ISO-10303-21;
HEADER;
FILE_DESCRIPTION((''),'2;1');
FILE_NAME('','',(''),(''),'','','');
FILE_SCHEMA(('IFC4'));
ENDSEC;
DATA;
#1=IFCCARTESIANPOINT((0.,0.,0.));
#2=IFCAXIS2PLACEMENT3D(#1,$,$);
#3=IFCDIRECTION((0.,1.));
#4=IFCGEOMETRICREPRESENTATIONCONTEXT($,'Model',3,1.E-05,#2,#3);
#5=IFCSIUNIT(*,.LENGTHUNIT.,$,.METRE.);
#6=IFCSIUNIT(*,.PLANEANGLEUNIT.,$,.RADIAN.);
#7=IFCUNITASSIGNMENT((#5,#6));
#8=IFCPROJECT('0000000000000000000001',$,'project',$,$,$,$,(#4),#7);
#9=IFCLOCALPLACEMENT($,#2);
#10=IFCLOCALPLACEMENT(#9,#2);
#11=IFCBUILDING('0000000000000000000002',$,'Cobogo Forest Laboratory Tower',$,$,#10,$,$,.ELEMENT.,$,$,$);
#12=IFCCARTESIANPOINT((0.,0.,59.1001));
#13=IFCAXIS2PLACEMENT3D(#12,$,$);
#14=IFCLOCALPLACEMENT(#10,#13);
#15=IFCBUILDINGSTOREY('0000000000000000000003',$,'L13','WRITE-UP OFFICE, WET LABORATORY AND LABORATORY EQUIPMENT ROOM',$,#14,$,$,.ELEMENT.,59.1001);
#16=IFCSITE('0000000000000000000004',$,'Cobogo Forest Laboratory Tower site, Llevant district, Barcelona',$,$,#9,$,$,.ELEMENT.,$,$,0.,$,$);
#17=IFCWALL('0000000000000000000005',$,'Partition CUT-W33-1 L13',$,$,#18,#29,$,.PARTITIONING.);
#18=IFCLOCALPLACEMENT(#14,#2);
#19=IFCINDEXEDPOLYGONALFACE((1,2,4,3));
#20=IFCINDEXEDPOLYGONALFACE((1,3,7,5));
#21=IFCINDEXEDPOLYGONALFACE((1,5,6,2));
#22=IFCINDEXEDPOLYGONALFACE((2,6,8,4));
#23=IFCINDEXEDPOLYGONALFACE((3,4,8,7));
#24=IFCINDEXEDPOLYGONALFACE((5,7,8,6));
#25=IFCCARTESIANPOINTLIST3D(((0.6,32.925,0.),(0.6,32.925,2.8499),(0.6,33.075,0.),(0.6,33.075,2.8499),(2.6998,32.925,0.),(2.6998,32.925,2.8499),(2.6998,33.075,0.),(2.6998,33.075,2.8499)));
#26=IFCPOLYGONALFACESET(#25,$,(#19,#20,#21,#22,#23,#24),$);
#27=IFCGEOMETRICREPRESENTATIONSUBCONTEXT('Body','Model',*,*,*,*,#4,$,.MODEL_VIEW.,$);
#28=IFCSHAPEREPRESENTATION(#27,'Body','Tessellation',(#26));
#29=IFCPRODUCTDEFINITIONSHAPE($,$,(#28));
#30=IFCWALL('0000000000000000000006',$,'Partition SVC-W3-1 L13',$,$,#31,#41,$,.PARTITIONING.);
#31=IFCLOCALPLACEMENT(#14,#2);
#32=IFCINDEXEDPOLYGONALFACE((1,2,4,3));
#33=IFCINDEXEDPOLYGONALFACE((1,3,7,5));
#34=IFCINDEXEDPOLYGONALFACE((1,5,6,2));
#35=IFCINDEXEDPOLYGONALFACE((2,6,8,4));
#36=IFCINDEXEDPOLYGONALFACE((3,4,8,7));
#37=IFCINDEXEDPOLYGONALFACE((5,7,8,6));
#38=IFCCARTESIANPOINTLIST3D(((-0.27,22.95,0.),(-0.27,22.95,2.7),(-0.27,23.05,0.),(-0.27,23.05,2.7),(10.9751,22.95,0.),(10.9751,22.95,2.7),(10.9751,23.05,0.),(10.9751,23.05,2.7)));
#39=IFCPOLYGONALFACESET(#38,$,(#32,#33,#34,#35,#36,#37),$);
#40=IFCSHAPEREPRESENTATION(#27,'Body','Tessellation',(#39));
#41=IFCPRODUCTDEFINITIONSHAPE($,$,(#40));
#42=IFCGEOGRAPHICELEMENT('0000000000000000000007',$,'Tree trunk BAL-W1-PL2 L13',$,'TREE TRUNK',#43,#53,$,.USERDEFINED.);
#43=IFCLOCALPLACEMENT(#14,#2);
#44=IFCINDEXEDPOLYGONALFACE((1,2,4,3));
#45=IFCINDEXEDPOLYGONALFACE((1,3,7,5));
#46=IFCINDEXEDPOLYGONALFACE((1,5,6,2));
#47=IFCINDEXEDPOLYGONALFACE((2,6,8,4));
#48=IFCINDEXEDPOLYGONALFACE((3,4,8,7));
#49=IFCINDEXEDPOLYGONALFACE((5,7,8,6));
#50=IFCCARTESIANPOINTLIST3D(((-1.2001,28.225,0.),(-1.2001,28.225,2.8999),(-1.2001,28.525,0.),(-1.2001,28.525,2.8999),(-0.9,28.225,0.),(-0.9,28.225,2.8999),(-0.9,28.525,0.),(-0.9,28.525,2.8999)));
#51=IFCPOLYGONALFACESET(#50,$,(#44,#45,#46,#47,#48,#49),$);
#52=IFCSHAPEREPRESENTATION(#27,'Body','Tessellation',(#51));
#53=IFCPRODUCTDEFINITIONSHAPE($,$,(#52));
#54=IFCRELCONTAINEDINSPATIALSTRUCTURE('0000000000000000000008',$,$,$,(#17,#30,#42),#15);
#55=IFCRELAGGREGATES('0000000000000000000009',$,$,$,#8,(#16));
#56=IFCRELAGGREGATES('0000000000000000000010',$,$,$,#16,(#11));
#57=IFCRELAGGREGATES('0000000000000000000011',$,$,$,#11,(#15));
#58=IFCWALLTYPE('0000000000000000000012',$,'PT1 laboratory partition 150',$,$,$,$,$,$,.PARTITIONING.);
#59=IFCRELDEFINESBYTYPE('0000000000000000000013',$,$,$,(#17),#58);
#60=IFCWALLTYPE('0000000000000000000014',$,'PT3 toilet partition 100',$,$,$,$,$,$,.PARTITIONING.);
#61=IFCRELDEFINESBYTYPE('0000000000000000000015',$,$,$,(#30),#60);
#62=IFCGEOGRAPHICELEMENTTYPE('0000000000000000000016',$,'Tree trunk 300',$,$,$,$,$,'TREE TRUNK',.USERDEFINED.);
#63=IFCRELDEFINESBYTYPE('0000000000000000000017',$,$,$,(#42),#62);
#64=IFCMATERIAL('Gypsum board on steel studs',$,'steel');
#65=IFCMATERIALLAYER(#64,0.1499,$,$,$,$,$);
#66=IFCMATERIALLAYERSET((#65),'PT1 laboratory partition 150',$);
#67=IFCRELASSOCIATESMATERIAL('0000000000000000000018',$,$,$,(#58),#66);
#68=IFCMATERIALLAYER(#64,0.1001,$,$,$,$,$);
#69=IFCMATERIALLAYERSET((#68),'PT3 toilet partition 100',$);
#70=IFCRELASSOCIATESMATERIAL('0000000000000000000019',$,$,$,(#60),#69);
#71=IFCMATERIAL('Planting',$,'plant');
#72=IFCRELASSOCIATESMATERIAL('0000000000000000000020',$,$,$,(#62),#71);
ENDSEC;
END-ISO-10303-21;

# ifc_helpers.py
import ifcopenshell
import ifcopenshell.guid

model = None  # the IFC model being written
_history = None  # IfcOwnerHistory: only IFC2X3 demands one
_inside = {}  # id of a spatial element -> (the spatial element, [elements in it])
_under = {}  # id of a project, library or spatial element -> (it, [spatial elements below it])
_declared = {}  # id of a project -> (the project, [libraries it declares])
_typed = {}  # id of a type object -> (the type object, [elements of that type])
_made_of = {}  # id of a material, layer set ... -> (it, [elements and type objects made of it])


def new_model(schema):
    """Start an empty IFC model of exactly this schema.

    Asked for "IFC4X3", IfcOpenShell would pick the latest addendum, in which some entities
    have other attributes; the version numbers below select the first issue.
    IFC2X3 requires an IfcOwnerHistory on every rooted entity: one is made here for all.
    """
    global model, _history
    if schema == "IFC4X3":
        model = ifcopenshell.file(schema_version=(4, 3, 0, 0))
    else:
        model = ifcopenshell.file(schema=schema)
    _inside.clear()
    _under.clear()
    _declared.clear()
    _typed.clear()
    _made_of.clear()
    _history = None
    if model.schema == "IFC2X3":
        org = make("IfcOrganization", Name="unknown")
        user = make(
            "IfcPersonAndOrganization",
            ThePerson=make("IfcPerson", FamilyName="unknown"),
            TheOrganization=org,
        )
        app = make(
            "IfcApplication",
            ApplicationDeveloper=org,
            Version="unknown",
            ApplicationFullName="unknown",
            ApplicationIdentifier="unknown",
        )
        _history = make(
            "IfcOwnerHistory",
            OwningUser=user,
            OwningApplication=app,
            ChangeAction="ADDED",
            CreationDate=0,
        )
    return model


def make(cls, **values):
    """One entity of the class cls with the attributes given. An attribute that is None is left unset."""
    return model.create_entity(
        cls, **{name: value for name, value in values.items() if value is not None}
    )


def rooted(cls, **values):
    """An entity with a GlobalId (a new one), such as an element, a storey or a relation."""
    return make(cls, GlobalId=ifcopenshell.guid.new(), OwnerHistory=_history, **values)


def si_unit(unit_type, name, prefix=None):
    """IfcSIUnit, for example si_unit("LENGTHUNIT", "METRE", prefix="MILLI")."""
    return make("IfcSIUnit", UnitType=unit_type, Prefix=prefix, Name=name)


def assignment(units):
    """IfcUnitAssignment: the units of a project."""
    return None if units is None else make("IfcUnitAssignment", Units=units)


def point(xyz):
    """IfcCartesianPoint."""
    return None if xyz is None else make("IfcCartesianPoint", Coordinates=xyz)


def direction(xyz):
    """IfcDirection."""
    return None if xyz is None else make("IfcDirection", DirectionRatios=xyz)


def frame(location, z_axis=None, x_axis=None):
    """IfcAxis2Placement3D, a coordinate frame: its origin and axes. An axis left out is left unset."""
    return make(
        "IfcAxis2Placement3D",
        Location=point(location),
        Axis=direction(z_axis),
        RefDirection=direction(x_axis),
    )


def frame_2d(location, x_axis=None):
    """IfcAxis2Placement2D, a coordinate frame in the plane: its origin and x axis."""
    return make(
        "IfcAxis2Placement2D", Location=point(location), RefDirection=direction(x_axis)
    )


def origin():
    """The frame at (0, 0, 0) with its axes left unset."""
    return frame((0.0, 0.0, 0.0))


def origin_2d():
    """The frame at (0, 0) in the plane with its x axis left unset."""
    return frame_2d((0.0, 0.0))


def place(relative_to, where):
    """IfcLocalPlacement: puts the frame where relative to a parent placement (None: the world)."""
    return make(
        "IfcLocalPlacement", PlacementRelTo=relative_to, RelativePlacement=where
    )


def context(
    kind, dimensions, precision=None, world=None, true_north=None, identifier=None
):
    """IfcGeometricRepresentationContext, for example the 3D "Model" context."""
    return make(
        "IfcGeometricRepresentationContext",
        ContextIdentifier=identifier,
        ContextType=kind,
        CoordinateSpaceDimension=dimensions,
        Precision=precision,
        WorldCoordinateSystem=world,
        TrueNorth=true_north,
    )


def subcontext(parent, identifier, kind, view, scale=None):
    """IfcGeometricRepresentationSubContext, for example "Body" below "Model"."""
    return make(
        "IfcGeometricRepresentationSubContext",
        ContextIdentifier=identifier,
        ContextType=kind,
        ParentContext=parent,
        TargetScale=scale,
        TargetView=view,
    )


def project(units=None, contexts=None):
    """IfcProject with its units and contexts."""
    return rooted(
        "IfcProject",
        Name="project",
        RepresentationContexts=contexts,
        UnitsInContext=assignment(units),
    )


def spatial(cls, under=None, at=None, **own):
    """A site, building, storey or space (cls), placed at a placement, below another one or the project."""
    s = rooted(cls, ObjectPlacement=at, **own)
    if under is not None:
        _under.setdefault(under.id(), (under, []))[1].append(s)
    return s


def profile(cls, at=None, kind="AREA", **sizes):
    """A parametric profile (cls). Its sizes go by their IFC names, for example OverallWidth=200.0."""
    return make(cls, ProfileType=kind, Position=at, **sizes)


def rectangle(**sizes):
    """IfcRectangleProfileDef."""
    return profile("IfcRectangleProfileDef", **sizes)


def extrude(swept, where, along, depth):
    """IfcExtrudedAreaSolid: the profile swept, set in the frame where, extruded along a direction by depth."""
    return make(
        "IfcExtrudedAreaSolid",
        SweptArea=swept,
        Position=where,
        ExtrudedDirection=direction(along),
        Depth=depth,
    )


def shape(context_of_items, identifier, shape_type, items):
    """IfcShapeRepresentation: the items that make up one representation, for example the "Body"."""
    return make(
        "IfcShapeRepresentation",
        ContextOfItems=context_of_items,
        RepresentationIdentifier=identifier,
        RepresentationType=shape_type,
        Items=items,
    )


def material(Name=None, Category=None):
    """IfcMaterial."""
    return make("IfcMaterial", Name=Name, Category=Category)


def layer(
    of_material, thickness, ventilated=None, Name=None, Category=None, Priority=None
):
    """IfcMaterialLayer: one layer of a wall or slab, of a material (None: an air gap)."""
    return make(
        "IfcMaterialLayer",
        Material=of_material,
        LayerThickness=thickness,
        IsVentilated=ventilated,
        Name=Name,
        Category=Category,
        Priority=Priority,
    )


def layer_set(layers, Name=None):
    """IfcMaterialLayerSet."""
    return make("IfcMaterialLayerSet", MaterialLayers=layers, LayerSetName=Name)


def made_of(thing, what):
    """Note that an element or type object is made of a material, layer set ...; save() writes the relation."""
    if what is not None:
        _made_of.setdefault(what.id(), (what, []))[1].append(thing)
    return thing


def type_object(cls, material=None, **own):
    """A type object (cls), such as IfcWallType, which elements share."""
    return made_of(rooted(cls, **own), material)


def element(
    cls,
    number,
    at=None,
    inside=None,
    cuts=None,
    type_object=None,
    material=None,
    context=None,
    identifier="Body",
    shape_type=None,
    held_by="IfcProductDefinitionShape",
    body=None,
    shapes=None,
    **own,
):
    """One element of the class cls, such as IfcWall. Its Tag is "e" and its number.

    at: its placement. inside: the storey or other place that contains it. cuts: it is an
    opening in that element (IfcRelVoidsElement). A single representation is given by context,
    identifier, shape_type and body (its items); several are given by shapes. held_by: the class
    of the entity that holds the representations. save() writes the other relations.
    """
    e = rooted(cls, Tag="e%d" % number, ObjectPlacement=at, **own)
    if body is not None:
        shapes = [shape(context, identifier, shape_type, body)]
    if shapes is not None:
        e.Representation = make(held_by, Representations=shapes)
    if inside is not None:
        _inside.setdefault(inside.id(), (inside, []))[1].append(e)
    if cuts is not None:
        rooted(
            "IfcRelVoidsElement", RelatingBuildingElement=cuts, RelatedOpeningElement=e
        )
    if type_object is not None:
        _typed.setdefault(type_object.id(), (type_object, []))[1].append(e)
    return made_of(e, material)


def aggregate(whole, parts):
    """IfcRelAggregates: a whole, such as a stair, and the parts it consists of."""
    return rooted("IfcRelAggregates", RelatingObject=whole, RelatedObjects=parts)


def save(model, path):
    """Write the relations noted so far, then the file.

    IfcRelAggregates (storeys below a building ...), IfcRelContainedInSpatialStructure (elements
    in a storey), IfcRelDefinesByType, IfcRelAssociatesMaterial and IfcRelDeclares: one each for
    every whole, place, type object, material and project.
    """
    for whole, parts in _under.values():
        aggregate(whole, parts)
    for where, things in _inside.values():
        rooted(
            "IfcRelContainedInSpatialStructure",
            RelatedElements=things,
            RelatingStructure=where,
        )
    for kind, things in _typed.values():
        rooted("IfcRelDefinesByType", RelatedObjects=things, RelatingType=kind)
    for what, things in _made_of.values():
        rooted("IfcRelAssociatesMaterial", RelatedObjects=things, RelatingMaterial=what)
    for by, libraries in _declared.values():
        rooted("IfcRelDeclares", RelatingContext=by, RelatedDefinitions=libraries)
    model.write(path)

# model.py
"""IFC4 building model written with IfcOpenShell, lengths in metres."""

from ifc_helpers import new_model, si_unit, direction, frame, frame_2d, origin, origin_2d, place, context, subcontext, project, spatial, rectangle, extrude, material, layer, layer_set, type_object, element, save


model = new_model("IFC4")

# Units and contexts
model_context = context("Model", 3, precision=1e-05, world=origin(), true_north=direction((0.0, 1.0)))
body_context = subcontext(model_context, "Body", "Model", "MODEL_VIEW")
ifc_project = project(units=[si_unit("LENGTHUNIT", "METRE"), si_unit("PLANEANGLEUNIT", "RADIAN")], contexts=[model_context])

# Site, building, storey
site_placement = place(None, origin())
site = spatial("IfcSite", under=ifc_project, at=site_placement, Name="Cobogo Forest Laboratory Tower site, Llevant district, Barcelona", CompositionType="ELEMENT", RefElevation=0.0)
building_placement = place(site_placement, origin())
building = spatial("IfcBuilding", under=site, at=building_placement, Name="Cobogo Forest Laboratory Tower", CompositionType="ELEMENT")
storey_placement = place(building_placement, frame((0.0, 0.0, 59.1001)))
storey = spatial("IfcBuildingStorey", under=building, at=storey_placement, Name="L13", Description="WRITE-UP OFFICE, WET LABORATORY AND LABORATORY EQUIPMENT ROOM", CompositionType="ELEMENT", Elevation=59.1001)

# Walls
ifc_material_1 = material(Name="Gypsum board on steel studs", Category="steel")
ifc_layer_1 = layer(ifc_material_1, 0.1499)
ifc_layer_set_1 = layer_set([ifc_layer_1], Name="PT1 laboratory partition 150")
wall_type_1 = type_object("IfcWallType", Name="PT1 laboratory partition 150", PredefinedType="PARTITIONING", material=ifc_layer_set_1)
for number, where, z_axis, x_axis, name in (
    (1, (0.6001, 33.0, 0.0), (0.0, 0.0, 1.0), (1.0, 0.0, 0.0), "Partition CUT-W33-1 L13"),
):
    element("IfcWall", number, at=place(storey_placement, frame(where, z_axis=z_axis, x_axis=x_axis)), inside=storey, type_object=wall_type_1, Name=name, PredefinedType="PARTITIONING", context=body_context, shape_type="SweptSolid", body=[
        extrude(rectangle(XDim=2.0999, YDim=0.1499, at=frame_2d((1.0498, 0.0))), origin(), (0.0, 0.0, 1.0), 2.8499),
    ])
ifc_layer_2 = layer(ifc_material_1, 0.1001)
ifc_layer_set_2 = layer_set([ifc_layer_2], Name="PT3 toilet partition 100")
wall_type_2 = type_object("IfcWallType", Name="PT3 toilet partition 100", PredefinedType="PARTITIONING", material=ifc_layer_set_2)
wall_1_placement = place(storey_placement, frame((-0.27, 23.0, 0.0), z_axis=(0.0, 0.0, 1.0), x_axis=(1.0, 0.0, 0.0)))
element("IfcWall", 2, at=wall_1_placement, inside=storey, type_object=wall_type_2, Name="Partition SVC-W3-1 L13", PredefinedType="PARTITIONING", context=body_context, shape_type="SweptSolid", body=[
    extrude(rectangle(XDim=11.2451, YDim=0.1001, at=frame_2d((5.6226, 0.0))), origin(), (0.0, 0.0, 1.0), 2.7),
])

# Geographic element
ifc_material_2 = material(Name="Planting", Category="plant")
geographic_element_type = type_object("IfcGeographicElementType", Name="Tree trunk 300", ElementType="TREE TRUNK", PredefinedType="USERDEFINED", material=ifc_material_2)
geographic_element_placement = place(storey_placement, frame((-1.05, 28.375, 0.0), z_axis=(0.0, 0.0, 1.0), x_axis=(1.0, 0.0, 0.0)))
element("IfcGeographicElement", 3, at=geographic_element_placement, inside=storey, type_object=geographic_element_type, Name="Tree trunk BAL-W1-PL2 L13", ObjectType="TREE TRUNK", PredefinedType="USERDEFINED", context=body_context, shape_type="SweptSolid", body=[
    extrude(rectangle(XDim=0.3, YDim=0.3, at=origin_2d()), origin(), (0.0, 0.0, 1.0), 2.8999),
])

save(model, "model.ifc")
